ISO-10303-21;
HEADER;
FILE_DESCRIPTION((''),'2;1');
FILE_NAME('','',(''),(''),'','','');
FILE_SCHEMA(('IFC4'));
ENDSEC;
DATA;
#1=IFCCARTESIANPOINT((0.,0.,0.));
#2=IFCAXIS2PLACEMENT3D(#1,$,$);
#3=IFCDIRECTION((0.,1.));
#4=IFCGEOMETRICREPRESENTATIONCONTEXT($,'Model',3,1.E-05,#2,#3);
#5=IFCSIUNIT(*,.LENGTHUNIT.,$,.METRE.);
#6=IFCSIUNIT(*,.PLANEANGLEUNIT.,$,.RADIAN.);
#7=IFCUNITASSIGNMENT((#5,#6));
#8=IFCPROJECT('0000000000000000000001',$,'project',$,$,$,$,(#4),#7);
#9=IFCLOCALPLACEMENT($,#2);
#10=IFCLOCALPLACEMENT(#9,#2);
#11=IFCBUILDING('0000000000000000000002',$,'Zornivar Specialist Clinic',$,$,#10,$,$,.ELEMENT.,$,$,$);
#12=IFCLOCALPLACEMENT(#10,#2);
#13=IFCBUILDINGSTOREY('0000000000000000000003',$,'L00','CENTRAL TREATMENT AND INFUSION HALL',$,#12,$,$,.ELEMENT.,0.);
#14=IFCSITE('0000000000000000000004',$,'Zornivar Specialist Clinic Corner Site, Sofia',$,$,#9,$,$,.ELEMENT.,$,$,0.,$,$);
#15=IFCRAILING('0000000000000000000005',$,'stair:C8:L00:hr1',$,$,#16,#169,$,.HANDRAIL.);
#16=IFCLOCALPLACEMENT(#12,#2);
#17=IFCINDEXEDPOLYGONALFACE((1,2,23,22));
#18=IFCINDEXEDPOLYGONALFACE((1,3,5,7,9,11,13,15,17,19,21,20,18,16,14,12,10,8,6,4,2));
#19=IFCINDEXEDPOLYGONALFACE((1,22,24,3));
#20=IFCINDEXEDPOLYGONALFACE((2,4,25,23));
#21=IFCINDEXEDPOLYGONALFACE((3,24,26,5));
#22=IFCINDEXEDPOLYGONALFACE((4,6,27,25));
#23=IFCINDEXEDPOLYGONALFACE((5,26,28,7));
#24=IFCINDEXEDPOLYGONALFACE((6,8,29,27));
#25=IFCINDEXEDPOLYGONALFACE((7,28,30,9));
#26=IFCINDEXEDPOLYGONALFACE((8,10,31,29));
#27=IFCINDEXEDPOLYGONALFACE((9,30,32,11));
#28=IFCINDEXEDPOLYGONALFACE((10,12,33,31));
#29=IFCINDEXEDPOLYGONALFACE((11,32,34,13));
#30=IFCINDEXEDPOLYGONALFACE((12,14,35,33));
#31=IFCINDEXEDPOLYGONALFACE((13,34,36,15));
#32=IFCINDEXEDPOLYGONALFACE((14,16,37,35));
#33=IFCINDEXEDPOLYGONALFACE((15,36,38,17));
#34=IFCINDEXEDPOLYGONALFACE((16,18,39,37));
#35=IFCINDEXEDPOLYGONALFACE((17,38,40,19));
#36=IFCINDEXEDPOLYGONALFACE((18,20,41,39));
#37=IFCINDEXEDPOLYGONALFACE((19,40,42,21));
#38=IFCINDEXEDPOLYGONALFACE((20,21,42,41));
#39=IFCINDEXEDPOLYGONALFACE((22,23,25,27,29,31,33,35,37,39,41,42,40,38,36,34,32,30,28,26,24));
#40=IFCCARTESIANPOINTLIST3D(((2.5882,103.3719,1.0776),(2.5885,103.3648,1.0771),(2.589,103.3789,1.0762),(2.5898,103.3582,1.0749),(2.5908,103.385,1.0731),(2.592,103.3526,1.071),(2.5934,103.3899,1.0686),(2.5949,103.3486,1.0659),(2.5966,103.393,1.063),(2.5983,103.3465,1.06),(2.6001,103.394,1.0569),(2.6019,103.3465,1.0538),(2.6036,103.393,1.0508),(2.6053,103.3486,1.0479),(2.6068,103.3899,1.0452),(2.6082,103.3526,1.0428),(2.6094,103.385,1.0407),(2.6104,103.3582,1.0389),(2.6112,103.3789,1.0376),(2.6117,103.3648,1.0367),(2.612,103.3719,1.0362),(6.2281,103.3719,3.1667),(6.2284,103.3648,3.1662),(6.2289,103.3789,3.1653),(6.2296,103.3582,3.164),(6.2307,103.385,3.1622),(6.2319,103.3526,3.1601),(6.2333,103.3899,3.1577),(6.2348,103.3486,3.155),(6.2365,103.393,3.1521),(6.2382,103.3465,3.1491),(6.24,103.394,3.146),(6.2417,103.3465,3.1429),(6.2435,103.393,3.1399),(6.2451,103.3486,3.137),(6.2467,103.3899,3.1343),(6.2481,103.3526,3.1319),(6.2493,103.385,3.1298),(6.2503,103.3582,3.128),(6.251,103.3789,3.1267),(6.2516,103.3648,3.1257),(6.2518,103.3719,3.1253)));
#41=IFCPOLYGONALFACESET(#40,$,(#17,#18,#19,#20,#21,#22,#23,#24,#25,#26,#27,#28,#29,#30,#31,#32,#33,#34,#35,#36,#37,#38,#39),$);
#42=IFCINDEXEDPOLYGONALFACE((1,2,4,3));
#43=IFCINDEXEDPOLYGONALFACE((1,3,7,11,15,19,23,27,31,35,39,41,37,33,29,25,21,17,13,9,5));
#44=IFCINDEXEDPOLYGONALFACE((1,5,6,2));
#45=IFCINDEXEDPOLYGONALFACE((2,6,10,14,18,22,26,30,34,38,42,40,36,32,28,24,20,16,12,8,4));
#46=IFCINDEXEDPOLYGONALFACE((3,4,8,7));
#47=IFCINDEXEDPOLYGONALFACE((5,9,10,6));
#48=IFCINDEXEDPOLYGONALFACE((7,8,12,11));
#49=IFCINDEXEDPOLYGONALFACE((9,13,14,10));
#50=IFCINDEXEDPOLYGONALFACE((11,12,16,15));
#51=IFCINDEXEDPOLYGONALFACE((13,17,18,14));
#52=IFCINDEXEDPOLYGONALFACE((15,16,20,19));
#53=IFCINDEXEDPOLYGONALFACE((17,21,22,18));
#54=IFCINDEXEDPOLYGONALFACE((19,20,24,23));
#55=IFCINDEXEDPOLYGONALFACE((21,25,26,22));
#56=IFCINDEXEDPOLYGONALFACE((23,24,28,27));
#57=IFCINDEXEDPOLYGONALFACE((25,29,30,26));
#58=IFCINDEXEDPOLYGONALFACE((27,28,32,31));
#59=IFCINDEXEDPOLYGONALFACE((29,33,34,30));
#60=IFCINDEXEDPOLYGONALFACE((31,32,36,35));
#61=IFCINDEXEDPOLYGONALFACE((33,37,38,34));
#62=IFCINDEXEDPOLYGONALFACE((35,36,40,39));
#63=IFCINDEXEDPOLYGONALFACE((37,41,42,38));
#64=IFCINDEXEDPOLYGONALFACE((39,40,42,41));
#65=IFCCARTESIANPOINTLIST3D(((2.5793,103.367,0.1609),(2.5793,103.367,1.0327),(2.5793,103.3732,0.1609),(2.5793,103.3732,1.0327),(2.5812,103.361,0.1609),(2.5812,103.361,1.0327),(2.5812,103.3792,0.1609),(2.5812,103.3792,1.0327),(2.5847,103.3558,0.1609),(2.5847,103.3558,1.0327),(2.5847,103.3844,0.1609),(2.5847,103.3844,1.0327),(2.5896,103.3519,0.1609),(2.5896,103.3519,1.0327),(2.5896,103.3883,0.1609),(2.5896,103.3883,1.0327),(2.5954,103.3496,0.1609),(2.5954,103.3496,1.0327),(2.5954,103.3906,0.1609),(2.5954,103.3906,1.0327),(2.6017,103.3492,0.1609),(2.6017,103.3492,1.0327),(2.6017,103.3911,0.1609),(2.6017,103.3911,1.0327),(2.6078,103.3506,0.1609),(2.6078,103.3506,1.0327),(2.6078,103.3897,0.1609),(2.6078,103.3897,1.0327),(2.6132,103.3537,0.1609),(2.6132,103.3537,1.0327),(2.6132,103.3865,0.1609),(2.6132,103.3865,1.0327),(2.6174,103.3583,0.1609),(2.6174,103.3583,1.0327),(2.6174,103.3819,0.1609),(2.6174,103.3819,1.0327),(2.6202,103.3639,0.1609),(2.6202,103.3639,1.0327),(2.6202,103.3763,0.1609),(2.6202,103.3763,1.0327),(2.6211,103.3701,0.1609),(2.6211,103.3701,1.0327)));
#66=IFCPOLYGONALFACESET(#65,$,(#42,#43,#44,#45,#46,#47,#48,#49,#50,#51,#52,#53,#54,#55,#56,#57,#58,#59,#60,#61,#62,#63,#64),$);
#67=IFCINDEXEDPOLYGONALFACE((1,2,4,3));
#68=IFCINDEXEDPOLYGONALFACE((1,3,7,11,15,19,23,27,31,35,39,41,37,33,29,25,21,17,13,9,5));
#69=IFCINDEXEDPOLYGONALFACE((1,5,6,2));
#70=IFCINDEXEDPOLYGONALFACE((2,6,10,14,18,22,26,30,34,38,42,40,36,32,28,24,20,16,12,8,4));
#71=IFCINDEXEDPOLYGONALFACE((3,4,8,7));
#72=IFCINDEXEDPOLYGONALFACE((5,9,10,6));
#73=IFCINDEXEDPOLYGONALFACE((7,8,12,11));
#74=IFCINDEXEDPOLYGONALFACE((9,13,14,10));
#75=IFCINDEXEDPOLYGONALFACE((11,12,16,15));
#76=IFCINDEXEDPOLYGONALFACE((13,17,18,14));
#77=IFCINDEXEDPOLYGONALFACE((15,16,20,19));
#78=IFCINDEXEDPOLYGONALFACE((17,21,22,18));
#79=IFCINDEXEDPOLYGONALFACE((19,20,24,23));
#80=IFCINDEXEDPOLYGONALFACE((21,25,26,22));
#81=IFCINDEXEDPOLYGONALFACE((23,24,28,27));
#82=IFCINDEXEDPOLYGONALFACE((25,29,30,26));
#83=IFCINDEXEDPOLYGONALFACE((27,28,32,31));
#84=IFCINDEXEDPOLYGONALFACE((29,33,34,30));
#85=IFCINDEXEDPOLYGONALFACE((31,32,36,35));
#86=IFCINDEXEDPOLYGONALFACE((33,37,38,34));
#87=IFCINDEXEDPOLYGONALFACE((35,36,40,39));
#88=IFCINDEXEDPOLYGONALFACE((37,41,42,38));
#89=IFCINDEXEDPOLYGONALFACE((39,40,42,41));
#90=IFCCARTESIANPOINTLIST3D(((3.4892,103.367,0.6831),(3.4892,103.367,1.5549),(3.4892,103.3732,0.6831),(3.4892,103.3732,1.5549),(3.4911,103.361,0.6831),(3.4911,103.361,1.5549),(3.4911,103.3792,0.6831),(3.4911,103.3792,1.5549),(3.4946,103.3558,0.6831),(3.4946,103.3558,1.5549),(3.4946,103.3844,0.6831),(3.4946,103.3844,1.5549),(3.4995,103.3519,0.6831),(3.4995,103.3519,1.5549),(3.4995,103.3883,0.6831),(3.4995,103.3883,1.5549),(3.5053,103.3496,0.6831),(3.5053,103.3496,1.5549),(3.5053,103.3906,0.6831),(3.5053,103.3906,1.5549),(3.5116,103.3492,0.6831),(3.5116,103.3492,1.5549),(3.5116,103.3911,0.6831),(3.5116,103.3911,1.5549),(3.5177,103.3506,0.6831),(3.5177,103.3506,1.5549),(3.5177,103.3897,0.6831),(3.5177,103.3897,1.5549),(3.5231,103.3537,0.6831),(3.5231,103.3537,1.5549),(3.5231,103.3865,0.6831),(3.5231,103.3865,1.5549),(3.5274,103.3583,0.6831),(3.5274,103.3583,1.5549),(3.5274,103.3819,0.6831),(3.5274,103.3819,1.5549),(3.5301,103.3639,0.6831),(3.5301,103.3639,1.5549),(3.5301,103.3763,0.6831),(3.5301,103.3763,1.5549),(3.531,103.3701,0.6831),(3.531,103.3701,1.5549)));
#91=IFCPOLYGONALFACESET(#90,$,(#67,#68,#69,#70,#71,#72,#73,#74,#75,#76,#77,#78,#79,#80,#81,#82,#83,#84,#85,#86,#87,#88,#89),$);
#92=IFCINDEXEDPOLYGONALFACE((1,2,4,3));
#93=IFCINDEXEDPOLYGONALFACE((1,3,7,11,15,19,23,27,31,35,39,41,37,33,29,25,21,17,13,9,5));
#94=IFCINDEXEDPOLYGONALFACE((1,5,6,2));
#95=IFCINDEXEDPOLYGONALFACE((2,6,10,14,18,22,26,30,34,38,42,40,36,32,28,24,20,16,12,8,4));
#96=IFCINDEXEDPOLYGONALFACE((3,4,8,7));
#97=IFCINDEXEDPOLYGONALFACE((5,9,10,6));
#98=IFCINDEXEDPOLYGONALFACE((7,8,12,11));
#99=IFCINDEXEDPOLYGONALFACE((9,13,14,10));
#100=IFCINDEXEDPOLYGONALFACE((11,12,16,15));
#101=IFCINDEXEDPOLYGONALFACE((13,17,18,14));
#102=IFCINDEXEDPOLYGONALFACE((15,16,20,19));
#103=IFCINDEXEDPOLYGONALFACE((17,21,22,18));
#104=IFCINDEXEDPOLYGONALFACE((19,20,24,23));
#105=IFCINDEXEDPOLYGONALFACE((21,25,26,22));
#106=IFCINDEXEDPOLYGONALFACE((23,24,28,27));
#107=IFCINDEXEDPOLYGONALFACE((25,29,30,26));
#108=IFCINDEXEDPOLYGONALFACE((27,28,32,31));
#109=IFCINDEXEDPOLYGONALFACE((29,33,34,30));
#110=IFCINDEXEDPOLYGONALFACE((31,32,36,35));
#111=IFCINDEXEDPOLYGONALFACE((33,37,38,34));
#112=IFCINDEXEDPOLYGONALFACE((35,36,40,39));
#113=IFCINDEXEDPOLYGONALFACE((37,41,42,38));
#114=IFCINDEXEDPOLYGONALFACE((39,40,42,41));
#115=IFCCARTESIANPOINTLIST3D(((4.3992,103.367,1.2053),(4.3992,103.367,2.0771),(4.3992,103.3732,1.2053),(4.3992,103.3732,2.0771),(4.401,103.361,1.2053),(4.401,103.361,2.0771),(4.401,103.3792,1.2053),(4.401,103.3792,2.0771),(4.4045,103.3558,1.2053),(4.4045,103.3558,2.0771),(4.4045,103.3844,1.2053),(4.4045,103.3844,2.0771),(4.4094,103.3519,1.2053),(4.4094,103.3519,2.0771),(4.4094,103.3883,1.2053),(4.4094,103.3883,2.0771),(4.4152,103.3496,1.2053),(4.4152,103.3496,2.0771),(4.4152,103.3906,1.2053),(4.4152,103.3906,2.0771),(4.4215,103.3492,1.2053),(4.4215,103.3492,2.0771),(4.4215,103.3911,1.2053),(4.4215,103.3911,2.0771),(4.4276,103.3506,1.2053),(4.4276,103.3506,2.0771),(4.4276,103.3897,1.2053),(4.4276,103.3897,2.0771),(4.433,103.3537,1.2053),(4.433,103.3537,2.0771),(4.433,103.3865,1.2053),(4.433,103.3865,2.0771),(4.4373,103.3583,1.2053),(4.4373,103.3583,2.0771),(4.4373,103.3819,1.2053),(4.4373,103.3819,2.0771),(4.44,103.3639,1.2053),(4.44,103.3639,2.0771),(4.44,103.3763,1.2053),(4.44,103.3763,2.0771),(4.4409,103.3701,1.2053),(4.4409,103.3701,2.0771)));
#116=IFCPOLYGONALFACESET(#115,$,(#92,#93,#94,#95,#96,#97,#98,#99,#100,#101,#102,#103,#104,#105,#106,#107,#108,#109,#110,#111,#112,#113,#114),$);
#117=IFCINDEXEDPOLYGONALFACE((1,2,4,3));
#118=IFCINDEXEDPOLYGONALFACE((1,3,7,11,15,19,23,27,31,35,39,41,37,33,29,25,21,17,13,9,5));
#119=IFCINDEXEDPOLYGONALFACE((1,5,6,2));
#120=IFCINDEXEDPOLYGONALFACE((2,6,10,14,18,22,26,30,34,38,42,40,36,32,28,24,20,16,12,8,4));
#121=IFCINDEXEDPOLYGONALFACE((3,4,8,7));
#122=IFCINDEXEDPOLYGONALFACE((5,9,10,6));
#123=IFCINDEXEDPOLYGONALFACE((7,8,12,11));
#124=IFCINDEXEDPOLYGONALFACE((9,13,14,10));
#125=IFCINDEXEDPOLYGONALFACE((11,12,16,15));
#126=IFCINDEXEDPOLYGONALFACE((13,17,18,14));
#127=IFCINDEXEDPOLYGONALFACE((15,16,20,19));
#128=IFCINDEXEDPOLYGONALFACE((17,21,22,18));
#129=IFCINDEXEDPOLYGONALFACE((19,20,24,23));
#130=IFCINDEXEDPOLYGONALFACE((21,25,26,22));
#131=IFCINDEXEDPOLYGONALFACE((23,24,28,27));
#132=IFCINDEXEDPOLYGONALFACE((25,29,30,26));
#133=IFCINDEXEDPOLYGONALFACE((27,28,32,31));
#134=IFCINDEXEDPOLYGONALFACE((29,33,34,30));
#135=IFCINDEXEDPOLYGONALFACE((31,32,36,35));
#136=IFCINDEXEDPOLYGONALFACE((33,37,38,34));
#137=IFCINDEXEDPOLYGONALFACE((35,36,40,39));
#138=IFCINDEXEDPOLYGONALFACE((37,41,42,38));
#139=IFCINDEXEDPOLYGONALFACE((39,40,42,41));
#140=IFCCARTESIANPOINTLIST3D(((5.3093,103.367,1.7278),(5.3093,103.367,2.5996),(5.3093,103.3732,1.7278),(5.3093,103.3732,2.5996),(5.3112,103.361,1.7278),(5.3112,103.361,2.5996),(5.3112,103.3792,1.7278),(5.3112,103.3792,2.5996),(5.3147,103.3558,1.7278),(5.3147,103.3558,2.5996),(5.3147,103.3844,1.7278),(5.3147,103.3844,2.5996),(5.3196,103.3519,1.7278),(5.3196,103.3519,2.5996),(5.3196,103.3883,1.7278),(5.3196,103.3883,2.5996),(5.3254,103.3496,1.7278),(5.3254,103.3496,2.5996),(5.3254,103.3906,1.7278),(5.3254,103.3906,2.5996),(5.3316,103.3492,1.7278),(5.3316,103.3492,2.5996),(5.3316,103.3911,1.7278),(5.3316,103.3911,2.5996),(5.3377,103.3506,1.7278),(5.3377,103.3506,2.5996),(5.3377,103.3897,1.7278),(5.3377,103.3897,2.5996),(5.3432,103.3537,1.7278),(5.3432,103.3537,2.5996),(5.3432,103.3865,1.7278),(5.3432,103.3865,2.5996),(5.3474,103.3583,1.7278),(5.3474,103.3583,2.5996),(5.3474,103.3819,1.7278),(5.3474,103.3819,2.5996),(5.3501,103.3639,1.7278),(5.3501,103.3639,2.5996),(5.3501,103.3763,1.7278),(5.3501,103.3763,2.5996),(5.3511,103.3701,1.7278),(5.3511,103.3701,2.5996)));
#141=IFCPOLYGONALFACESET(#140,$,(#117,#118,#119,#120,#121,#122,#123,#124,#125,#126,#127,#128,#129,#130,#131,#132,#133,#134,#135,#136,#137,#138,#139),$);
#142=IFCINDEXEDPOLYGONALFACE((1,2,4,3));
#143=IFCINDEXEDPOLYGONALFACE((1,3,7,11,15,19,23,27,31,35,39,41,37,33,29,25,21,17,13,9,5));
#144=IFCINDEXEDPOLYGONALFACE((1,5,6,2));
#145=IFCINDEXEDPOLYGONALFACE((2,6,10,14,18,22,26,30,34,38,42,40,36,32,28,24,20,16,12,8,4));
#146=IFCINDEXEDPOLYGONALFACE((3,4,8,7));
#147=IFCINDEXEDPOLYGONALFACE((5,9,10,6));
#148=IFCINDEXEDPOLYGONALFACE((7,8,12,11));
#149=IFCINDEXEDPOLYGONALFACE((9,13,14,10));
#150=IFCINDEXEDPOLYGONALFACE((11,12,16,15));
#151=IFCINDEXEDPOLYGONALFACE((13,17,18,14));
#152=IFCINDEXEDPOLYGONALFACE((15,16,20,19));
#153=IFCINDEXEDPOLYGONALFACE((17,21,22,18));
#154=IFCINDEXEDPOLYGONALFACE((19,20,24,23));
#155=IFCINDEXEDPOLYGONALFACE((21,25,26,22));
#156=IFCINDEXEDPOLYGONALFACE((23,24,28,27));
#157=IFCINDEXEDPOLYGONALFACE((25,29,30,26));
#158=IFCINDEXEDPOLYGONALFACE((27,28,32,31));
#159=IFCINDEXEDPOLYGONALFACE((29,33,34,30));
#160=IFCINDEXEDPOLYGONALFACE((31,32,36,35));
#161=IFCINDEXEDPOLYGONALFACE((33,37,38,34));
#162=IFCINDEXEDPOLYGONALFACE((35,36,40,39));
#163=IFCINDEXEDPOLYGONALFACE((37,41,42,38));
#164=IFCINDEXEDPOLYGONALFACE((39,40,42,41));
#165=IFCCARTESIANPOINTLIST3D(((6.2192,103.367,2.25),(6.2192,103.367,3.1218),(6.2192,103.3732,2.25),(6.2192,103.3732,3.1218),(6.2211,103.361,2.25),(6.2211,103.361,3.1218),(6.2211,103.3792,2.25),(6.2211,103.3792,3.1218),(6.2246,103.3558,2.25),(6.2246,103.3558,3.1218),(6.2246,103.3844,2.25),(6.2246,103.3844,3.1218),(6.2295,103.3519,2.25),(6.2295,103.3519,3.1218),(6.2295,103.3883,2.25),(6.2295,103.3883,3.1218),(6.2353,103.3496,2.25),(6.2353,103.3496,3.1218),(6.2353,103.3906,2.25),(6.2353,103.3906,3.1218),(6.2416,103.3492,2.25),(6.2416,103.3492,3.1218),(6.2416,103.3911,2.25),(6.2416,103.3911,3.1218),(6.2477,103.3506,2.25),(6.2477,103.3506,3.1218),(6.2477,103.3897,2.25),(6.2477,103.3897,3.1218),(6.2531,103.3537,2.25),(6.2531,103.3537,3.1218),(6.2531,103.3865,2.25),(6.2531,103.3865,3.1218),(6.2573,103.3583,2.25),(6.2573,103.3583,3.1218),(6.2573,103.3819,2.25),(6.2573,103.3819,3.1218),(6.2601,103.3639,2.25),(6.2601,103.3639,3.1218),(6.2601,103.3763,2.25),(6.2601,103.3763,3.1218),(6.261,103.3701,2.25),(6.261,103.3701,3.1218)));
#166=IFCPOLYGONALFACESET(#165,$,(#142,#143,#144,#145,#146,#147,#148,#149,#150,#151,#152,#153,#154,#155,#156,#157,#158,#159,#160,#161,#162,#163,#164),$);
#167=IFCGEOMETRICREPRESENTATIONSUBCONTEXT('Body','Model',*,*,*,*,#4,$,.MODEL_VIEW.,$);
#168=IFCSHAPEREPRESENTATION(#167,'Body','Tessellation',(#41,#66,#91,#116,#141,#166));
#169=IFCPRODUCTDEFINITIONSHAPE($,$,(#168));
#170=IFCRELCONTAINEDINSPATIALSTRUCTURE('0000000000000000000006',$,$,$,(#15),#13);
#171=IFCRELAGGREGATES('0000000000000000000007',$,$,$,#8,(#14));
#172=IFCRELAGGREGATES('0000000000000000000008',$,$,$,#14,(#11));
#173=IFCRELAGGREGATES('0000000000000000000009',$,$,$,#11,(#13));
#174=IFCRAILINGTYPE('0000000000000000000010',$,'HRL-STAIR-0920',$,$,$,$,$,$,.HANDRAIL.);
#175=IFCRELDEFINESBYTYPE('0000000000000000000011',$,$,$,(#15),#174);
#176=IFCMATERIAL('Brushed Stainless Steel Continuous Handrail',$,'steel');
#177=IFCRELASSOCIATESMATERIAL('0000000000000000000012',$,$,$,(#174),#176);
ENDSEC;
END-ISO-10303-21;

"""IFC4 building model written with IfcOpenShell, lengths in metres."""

from ifc_helpers import new_model, si_unit, direction, frame, origin, origin_2d, place, context, subcontext, project, spatial, circle, extrude, material, type_object, element, save


model = new_model("IFC4")

# Units and contexts
model_context = context("Model", 3, precision=1e-05, world=origin(), true_north=direction((0.0, 1.0)))
body_context = subcontext(model_context, "Body", "Model", "MODEL_VIEW")
ifc_project = project(units=[si_unit("LENGTHUNIT", "METRE"), si_unit("PLANEANGLEUNIT", "RADIAN")], contexts=[model_context])

# Site, building, storey
site_placement = place(None, origin())
site = spatial("IfcSite", under=ifc_project, at=site_placement, Name="Zornivar Specialist Clinic Corner Site, Sofia", CompositionType="ELEMENT", RefElevation=0.0)
building_placement = place(site_placement, origin())
building = spatial("IfcBuilding", under=site, at=building_placement, Name="Zornivar Specialist Clinic", CompositionType="ELEMENT")
storey_placement = place(building_placement, origin())
storey = spatial("IfcBuildingStorey", under=building, at=storey_placement, Name="L00", Description="CENTRAL TREATMENT AND INFUSION HALL", CompositionType="ELEMENT", Elevation=0.0)

# Railing
ifc_material_1 = material(Name="Brushed Stainless Steel Continuous Handrail", Category="steel")
railing_type_1 = type_object("IfcRailingType", Name="HRL-STAIR-0920", PredefinedType="HANDRAIL", material=ifc_material_1)
railing_1_placement = place(storey_placement, frame((2.6001, 103.3701, 0.1609)))
element("IfcRailing", 1, at=railing_1_placement, inside=storey, type_object=railing_type_1, Name="stair:C8:L00:hr1", PredefinedType="HANDRAIL", context=body_context, shape_type="SweptSolid", body=[
    extrude(circle(Radius=0.0239, at=origin_2d()), frame((0.0, 0.0, 0.896), z_axis=(0.8673, 0.0, 0.497786), x_axis=(0.0, 1.0, 0.0)), (0.0, 0.0, 1.0), 4.1968),
    extrude(circle(Radius=0.021, at=origin_2d()), origin(), (0.0, 0.0, 1.0), 0.8718),
    extrude(circle(Radius=0.021, at=origin_2d()), frame((0.9099, 0.0, 0.5222)), (0.0, 0.0, 1.0), 0.8718),
    extrude(circle(Radius=0.021, at=origin_2d()), frame((1.8198, 0.0, 1.0444)), (0.0, 0.0, 1.0), 0.8718),
    extrude(circle(Radius=0.021, at=origin_2d()), frame((2.73, 0.0, 1.5669)), (0.0, 0.0, 1.0), 0.8718),
    extrude(circle(Radius=0.021, at=origin_2d()), frame((3.6399, 0.0, 2.0891)), (0.0, 0.0, 1.0), 0.8718),
])

save(model, "model.ifc")
